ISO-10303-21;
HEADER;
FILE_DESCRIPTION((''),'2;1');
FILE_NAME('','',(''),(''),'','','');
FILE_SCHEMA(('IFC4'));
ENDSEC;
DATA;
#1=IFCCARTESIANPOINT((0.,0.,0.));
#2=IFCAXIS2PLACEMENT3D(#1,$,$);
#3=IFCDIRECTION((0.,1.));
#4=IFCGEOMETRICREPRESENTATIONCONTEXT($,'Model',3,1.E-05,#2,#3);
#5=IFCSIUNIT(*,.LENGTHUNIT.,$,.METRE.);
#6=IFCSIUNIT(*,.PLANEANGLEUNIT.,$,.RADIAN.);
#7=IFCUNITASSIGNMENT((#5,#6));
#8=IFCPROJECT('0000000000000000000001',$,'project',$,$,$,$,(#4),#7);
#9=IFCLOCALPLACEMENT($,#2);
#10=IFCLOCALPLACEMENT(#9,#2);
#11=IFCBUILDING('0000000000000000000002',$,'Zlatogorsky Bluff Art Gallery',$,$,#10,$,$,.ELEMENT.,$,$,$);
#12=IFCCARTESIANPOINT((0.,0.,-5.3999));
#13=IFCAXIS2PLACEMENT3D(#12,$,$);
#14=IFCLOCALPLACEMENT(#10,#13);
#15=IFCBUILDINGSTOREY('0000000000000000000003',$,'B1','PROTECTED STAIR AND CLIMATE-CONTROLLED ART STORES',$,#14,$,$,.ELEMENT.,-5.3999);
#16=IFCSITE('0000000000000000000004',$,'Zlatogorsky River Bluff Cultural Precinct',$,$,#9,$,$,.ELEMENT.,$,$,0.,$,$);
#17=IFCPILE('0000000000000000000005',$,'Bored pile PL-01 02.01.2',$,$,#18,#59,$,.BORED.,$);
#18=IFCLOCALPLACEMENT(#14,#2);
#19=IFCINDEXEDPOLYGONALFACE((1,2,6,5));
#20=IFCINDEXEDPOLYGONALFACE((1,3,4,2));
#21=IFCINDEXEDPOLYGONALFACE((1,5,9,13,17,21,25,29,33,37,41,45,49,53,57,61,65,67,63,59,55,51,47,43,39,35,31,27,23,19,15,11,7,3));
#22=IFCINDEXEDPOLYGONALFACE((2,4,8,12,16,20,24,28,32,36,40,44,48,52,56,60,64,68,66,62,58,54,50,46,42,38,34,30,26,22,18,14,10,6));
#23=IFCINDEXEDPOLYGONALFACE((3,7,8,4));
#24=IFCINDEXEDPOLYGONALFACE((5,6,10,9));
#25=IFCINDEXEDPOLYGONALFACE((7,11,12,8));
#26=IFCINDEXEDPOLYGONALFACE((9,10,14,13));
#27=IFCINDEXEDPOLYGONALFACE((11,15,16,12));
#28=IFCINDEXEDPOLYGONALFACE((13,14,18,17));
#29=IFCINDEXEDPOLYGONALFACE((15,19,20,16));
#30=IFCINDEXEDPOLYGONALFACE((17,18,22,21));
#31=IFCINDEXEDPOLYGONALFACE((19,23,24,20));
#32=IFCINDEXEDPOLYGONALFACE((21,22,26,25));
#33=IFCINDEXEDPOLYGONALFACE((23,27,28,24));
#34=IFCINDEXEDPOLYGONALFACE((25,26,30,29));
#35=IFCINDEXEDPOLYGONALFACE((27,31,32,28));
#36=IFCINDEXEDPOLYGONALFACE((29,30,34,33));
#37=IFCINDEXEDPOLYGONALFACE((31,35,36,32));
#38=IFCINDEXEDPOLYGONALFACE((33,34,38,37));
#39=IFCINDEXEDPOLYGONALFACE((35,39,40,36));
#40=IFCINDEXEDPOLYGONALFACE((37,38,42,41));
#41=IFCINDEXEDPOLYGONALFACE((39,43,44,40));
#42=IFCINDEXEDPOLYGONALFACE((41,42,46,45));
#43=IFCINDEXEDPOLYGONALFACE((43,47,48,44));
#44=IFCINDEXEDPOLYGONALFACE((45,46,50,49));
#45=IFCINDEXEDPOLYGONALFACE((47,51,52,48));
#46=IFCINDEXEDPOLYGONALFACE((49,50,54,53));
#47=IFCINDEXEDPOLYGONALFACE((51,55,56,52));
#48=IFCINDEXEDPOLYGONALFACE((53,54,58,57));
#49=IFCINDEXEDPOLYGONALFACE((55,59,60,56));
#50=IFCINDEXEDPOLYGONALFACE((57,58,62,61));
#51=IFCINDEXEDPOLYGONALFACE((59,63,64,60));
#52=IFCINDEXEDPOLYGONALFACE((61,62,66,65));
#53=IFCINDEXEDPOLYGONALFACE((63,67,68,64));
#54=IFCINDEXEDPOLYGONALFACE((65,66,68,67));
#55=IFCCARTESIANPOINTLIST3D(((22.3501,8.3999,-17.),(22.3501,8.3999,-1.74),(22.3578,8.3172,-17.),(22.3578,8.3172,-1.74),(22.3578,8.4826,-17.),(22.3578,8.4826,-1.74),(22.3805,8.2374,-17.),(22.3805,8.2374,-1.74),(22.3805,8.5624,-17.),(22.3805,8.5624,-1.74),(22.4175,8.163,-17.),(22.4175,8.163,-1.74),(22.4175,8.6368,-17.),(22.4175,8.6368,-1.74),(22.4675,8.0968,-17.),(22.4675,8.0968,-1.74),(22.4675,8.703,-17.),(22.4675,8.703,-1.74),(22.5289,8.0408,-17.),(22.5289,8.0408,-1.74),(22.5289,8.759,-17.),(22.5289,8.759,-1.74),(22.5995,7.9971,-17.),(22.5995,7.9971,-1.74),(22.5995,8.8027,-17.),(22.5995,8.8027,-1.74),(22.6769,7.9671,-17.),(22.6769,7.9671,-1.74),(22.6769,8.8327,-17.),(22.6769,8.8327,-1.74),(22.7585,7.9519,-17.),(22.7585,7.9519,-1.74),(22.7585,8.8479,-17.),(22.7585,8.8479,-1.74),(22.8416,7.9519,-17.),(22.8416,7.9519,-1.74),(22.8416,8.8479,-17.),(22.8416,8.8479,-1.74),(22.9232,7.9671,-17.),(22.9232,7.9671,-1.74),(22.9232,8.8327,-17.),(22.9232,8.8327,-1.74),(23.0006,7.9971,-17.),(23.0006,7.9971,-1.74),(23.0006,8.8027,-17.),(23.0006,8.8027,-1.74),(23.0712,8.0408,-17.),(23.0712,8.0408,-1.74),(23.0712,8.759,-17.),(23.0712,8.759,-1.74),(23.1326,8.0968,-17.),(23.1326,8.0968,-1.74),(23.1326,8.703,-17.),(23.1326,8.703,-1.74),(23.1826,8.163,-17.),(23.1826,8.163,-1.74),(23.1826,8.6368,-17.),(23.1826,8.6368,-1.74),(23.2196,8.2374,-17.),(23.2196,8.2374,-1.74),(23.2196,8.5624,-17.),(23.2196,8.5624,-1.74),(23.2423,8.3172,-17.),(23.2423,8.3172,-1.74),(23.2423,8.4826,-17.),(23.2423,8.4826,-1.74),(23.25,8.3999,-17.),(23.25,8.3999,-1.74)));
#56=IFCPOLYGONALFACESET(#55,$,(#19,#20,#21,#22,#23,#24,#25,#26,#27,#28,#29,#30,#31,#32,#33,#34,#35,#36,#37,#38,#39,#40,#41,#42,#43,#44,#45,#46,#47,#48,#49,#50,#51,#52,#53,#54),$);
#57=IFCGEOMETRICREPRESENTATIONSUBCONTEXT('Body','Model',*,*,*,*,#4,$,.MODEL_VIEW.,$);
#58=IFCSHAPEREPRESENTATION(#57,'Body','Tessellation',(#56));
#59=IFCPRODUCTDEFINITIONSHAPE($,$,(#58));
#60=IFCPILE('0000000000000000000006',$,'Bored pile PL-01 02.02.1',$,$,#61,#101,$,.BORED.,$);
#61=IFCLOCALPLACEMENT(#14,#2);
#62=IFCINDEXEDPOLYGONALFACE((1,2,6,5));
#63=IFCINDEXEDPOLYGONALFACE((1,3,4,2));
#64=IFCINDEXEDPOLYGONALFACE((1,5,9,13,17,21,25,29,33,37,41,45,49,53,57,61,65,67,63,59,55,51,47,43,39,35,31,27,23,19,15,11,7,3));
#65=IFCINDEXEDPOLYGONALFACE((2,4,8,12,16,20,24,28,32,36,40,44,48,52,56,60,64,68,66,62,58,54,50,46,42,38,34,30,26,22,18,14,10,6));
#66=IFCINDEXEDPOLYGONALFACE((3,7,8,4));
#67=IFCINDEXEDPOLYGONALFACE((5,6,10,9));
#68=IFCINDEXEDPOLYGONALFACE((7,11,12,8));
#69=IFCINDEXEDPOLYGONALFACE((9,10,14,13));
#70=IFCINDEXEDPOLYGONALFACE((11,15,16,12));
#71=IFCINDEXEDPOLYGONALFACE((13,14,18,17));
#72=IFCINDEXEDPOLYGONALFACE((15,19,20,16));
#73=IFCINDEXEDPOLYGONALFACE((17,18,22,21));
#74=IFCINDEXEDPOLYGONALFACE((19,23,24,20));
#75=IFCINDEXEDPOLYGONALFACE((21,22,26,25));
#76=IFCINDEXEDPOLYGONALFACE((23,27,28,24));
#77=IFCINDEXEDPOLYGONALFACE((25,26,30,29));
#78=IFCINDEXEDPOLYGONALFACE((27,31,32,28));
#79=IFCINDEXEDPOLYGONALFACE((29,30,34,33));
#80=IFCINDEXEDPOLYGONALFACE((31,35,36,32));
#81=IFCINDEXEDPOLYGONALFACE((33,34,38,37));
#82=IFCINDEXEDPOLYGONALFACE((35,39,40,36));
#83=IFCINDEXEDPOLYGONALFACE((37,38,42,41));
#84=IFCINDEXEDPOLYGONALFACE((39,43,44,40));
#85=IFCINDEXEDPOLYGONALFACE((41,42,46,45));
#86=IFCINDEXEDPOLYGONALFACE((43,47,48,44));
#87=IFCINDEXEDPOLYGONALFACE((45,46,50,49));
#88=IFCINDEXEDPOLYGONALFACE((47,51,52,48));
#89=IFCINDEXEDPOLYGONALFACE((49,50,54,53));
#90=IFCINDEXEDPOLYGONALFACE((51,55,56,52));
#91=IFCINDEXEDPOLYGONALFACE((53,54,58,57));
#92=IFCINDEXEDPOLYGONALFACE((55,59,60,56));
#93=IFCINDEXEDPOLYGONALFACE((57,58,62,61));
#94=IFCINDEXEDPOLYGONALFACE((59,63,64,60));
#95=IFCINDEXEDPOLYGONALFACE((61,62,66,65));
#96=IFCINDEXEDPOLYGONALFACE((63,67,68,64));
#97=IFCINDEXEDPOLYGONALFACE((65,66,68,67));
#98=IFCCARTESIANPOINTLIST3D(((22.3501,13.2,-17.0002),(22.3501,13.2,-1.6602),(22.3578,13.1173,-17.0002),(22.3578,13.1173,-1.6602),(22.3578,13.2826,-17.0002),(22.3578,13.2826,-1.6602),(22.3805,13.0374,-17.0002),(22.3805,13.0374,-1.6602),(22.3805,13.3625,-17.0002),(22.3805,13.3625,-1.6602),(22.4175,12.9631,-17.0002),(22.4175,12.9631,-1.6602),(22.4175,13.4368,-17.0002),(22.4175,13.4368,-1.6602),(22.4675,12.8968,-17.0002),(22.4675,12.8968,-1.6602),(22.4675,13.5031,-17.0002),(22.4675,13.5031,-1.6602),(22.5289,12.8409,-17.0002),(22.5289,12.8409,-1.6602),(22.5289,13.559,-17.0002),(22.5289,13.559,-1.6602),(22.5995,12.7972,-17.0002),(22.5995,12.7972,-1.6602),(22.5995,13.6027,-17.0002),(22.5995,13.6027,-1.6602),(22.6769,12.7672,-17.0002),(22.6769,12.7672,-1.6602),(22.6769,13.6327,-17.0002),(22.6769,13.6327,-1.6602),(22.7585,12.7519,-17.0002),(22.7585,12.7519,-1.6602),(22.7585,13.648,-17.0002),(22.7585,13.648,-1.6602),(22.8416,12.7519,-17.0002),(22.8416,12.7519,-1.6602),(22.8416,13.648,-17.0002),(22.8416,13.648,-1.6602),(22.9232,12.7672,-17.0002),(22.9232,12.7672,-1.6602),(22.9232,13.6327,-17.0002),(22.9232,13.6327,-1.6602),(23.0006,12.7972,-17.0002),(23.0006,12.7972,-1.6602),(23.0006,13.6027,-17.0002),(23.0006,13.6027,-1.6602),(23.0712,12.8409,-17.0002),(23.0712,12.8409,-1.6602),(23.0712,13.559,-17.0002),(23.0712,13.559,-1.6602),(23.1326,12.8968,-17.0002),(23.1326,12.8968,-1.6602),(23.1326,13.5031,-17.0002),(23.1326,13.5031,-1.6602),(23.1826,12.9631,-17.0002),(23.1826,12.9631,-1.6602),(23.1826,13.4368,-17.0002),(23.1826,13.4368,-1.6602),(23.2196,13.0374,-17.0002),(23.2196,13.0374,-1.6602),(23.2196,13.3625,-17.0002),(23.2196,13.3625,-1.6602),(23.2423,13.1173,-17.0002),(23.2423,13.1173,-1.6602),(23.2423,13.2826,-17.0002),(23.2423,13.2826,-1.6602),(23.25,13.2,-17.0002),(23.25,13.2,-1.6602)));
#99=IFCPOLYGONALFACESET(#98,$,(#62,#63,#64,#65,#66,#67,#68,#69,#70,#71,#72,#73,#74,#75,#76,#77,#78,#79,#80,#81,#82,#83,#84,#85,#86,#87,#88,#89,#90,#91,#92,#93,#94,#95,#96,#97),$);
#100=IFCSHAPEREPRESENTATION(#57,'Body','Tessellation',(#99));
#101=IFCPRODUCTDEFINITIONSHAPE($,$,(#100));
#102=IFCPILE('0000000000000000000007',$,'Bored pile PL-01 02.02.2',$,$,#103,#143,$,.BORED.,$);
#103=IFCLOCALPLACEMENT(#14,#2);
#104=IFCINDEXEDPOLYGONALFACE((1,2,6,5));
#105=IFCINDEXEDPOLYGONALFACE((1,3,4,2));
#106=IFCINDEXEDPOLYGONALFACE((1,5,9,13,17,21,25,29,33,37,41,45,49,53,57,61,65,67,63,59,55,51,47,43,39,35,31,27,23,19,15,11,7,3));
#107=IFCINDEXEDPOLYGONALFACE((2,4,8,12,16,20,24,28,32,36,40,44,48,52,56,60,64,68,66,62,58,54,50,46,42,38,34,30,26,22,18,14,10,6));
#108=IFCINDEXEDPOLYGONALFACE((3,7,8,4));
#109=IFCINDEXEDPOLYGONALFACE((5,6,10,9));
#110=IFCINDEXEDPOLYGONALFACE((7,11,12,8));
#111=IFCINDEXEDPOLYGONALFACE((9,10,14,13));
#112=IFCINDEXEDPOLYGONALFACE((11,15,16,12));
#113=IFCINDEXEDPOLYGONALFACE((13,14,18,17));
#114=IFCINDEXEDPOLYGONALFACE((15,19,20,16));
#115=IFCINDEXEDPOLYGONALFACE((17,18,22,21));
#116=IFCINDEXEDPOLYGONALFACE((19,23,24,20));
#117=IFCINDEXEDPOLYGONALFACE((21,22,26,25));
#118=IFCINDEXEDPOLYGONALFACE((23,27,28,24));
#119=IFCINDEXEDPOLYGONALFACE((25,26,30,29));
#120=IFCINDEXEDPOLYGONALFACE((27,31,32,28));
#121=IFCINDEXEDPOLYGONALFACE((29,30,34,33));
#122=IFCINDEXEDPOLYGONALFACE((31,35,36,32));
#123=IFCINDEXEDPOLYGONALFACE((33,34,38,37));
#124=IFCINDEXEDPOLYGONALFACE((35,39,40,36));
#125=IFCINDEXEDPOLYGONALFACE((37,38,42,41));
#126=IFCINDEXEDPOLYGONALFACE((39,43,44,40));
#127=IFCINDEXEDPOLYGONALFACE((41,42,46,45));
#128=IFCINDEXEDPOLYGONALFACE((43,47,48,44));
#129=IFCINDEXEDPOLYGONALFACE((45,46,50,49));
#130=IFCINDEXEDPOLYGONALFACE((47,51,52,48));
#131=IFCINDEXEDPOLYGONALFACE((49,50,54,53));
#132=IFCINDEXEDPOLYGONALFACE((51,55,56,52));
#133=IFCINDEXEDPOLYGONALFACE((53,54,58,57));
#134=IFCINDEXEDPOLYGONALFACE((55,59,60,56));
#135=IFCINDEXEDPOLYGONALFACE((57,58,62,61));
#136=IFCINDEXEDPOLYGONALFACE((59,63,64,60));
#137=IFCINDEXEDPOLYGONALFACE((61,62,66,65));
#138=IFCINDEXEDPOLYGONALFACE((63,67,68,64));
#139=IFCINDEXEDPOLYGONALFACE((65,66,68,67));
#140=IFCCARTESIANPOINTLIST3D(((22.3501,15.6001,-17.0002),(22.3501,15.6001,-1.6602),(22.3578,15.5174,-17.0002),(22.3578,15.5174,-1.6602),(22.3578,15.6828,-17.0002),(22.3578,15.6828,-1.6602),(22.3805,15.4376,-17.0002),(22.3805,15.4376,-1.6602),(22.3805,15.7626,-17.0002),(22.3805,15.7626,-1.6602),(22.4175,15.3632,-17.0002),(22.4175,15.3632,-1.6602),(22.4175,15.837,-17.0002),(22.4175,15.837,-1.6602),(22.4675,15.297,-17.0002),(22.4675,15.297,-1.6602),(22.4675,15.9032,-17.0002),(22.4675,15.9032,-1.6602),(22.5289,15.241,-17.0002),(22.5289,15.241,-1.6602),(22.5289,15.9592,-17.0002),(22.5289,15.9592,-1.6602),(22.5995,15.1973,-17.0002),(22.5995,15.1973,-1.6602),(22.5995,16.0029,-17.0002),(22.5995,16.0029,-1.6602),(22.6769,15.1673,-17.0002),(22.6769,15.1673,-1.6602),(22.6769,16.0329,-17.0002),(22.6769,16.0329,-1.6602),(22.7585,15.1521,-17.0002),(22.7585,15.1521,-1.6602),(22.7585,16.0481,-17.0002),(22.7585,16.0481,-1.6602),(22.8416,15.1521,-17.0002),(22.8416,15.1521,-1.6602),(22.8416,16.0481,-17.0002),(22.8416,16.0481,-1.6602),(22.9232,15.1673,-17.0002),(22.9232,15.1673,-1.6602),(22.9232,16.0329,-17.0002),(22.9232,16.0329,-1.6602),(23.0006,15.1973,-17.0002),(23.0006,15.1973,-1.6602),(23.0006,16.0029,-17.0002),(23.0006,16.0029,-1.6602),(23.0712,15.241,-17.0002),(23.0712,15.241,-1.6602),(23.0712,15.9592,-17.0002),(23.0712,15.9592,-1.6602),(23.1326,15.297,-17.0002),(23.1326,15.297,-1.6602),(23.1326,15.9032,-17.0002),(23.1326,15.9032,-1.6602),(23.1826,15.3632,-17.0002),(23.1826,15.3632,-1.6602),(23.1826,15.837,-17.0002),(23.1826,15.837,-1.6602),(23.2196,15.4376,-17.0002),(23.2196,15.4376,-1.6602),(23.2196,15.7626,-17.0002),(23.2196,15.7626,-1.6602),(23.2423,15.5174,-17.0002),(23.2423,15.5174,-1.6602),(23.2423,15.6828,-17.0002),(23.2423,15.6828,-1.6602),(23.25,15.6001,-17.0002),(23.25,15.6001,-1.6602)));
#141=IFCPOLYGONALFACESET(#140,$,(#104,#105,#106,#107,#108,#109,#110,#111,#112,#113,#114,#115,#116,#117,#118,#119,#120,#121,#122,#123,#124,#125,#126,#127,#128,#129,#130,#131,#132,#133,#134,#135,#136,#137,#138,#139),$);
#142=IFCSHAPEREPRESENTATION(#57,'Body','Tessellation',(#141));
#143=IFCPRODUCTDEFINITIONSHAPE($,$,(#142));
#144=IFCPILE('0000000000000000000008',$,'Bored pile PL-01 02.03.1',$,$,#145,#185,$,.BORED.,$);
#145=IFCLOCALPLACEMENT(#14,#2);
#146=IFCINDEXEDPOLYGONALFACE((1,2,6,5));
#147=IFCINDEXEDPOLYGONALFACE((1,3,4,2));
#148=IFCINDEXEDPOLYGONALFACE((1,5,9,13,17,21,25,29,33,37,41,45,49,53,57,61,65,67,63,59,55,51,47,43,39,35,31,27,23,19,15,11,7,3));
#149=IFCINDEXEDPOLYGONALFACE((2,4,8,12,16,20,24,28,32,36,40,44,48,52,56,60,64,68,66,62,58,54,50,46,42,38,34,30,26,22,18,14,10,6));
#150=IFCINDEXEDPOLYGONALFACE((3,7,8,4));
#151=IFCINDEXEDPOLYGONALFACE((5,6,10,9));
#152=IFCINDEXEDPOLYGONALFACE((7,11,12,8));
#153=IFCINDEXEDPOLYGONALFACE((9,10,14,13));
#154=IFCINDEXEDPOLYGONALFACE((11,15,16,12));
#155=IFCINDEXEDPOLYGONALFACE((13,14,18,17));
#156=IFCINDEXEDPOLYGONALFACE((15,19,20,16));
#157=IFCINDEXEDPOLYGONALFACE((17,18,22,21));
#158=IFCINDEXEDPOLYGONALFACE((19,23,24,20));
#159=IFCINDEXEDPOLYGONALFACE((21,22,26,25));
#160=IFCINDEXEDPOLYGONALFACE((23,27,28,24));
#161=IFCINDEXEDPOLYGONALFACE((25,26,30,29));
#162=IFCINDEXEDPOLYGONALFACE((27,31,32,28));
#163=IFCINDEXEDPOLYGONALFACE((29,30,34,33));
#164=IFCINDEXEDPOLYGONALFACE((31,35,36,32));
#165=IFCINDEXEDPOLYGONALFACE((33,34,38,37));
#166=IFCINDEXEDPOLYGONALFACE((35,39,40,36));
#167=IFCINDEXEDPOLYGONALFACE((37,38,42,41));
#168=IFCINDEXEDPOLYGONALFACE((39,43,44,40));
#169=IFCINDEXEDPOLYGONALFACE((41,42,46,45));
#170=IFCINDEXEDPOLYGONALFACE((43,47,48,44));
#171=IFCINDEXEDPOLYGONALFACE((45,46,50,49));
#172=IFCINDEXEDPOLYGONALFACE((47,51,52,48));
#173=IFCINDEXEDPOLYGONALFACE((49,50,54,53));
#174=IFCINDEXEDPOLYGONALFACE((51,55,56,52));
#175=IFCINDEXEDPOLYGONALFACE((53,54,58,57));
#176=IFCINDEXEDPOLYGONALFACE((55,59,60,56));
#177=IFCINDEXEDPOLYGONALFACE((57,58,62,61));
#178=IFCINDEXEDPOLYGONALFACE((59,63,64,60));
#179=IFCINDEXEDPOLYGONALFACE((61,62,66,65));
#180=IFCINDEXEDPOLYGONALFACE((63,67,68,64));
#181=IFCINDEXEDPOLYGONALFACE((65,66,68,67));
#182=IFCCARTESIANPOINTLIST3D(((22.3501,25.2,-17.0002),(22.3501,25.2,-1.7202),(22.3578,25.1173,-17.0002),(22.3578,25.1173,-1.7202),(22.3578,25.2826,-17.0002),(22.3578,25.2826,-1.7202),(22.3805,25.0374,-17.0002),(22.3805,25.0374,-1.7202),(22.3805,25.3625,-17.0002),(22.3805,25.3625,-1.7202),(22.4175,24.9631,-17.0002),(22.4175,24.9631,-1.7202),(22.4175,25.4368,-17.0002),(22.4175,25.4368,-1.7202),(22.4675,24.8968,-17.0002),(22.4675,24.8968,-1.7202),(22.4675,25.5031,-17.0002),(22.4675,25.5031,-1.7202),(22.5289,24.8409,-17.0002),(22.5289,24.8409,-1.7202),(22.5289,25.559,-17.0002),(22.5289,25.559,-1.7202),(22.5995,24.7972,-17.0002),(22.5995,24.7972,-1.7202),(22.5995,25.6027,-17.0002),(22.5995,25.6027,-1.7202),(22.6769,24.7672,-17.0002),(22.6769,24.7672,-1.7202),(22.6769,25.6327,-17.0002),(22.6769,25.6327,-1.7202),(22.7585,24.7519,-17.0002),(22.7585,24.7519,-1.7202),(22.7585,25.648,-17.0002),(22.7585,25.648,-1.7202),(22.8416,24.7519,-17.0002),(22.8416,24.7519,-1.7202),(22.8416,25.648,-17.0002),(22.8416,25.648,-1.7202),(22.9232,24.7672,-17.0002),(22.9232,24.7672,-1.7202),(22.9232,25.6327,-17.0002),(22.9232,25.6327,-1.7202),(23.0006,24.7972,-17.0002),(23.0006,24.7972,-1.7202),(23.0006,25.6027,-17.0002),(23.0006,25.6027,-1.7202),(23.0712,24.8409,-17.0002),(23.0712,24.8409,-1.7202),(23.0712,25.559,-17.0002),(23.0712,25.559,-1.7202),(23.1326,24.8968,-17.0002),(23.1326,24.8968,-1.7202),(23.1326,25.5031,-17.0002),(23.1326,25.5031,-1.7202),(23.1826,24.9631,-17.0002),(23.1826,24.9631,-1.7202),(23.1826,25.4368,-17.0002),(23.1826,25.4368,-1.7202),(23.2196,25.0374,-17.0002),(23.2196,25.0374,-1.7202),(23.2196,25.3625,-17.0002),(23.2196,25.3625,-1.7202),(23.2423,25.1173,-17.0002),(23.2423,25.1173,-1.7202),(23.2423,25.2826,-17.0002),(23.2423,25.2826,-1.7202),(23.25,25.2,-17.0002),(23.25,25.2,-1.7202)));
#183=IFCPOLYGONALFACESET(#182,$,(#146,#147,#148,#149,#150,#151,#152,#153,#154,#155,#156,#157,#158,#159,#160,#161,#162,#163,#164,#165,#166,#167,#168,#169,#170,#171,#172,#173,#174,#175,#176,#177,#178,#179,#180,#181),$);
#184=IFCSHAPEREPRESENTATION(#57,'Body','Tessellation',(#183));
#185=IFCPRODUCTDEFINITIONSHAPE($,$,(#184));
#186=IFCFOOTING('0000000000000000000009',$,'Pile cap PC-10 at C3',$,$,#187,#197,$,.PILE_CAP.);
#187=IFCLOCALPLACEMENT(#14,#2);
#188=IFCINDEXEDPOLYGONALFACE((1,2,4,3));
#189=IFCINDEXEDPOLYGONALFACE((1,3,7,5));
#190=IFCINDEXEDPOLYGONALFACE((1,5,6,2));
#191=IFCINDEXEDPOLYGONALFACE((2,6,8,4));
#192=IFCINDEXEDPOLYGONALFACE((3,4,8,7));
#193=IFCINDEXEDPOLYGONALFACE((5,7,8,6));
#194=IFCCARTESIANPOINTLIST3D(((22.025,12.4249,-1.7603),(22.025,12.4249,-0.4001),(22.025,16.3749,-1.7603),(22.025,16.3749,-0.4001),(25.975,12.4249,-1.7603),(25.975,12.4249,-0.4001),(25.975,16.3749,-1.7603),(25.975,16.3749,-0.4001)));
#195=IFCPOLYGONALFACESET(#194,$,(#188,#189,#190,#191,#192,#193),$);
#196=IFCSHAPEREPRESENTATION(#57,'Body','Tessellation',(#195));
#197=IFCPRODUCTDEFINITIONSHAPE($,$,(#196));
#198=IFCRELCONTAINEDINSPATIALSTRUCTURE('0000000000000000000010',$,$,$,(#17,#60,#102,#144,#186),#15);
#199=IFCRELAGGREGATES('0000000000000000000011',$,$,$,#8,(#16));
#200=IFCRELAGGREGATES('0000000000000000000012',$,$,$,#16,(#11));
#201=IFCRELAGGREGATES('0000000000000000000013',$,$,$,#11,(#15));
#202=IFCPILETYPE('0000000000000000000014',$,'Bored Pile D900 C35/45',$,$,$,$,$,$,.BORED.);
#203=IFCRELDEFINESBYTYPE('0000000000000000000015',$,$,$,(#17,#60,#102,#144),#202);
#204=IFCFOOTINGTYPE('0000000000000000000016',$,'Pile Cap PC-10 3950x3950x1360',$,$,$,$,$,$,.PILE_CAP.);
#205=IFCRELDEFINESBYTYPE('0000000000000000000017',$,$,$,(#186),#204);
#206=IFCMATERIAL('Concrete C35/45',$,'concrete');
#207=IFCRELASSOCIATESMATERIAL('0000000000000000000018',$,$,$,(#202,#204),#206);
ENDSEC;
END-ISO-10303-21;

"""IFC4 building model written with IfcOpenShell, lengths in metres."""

from ifc_helpers import new_model, si_unit, direction, frame, origin, origin_2d, place, context, subcontext, project, spatial, rectangle, circle, extrude, material, material_profile, profile_set, type_object, element, save


model = new_model("IFC4")

# Units and contexts
model_context = context("Model", 3, precision=1e-05, world=origin(), true_north=direction((0.0, 1.0)))
body_context = subcontext(model_context, "Body", "Model", "MODEL_VIEW")
ifc_project = project(units=[si_unit("LENGTHUNIT", "METRE"), si_unit("PLANEANGLEUNIT", "RADIAN")], contexts=[model_context])

# Site, building, storey
site_placement = place(None, origin())
site = spatial("IfcSite", under=ifc_project, at=site_placement, Name="Zlatogorsky River Bluff Cultural Precinct", CompositionType="ELEMENT", RefElevation=0.0)
building_placement = place(site_placement, origin())
building = spatial("IfcBuilding", under=site, at=building_placement, Name="Zlatogorsky Bluff Art Gallery", CompositionType="ELEMENT")
storey_placement = place(building_placement, frame((0.0, 0.0, -5.3999)))
storey = spatial("IfcBuildingStorey", under=building, at=storey_placement, Name="B1", Description="PROTECTED STAIR AND CLIMATE-CONTROLLED ART STORES", CompositionType="ELEMENT", Elevation=-5.3999)

# Piles
ifc_material_1 = material(Name="Concrete C35/45", Category="concrete")
ifc_material_profile_1 = material_profile(ifc_material_1, circle(Radius=0.45, at=origin_2d()), Name="BORED PILE D900")
ifc_profile_set_1 = profile_set([ifc_material_profile_1], Name="Concrete C35/45")
pile_type = type_object("IfcPileType", Name="Bored Pile D900 C35/45", PredefinedType="BORED", material=ifc_profile_set_1)
pile_1_placement = place(storey_placement, frame((22.8, 8.3999, -1.74), z_axis=(0.0, 0.0, -1.0), x_axis=(1.0, 0.0, 0.0)))
element("IfcPile", 1, at=pile_1_placement, inside=storey, type_object=pile_type, Name="Bored pile PL-01 02.01.2", PredefinedType="BORED", context=body_context, shape_type="SweptSolid", body=[
    extrude(circle(Radius=0.45, at=origin_2d()), origin(), (0.0, 0.0, 1.0), 15.26),
])
for number, where, z_axis, x_axis, name in (
    (2, (22.8, 13.2, -1.6602), (0.0, 0.0, -1.0), (1.0, 0.0, 0.0), "Bored pile PL-01 02.02.1"),
    (3, (22.8, 15.6001, -1.6602), (0.0, 0.0, -1.0), (1.0, 0.0, 0.0), "Bored pile PL-01 02.02.2"),
):
    element("IfcPile", number, at=place(storey_placement, frame(where, z_axis=z_axis, x_axis=x_axis)), inside=storey, type_object=pile_type, Name=name, PredefinedType="BORED", context=body_context, shape_type="SweptSolid", body=[
        extrude(circle(Radius=0.45, at=origin_2d()), origin(), (0.0, 0.0, 1.0), 15.3401),
    ])
pile_2_placement = place(storey_placement, frame((22.8, 25.2, -1.7202), z_axis=(0.0, 0.0, -1.0), x_axis=(1.0, 0.0, 0.0)))
element("IfcPile", 4, at=pile_2_placement, inside=storey, type_object=pile_type, Name="Bored pile PL-01 02.03.1", PredefinedType="BORED", context=body_context, shape_type="SweptSolid", body=[
    extrude(circle(Radius=0.45, at=origin_2d()), origin(), (0.0, 0.0, 1.0), 15.28),
])

# Footing
footing_type = type_object("IfcFootingType", Name="Pile Cap PC-10 3950x3950x1360", PredefinedType="PILE_CAP", material=ifc_material_1)
footing_placement = place(storey_placement, frame((24.0, 14.3999, -1.7603), z_axis=(0.0, 0.0, 1.0), x_axis=(1.0, 0.0, 0.0)))
element("IfcFooting", 5, at=footing_placement, inside=storey, type_object=footing_type, Name="Pile cap PC-10 at C3", PredefinedType="PILE_CAP", context=body_context, shape_type="SweptSolid", body=[
    extrude(rectangle(XDim=3.95, YDim=3.95, at=origin_2d()), origin(), (0.0, 0.0, 1.0), 1.3601),
])

save(model, "model.ifc")
